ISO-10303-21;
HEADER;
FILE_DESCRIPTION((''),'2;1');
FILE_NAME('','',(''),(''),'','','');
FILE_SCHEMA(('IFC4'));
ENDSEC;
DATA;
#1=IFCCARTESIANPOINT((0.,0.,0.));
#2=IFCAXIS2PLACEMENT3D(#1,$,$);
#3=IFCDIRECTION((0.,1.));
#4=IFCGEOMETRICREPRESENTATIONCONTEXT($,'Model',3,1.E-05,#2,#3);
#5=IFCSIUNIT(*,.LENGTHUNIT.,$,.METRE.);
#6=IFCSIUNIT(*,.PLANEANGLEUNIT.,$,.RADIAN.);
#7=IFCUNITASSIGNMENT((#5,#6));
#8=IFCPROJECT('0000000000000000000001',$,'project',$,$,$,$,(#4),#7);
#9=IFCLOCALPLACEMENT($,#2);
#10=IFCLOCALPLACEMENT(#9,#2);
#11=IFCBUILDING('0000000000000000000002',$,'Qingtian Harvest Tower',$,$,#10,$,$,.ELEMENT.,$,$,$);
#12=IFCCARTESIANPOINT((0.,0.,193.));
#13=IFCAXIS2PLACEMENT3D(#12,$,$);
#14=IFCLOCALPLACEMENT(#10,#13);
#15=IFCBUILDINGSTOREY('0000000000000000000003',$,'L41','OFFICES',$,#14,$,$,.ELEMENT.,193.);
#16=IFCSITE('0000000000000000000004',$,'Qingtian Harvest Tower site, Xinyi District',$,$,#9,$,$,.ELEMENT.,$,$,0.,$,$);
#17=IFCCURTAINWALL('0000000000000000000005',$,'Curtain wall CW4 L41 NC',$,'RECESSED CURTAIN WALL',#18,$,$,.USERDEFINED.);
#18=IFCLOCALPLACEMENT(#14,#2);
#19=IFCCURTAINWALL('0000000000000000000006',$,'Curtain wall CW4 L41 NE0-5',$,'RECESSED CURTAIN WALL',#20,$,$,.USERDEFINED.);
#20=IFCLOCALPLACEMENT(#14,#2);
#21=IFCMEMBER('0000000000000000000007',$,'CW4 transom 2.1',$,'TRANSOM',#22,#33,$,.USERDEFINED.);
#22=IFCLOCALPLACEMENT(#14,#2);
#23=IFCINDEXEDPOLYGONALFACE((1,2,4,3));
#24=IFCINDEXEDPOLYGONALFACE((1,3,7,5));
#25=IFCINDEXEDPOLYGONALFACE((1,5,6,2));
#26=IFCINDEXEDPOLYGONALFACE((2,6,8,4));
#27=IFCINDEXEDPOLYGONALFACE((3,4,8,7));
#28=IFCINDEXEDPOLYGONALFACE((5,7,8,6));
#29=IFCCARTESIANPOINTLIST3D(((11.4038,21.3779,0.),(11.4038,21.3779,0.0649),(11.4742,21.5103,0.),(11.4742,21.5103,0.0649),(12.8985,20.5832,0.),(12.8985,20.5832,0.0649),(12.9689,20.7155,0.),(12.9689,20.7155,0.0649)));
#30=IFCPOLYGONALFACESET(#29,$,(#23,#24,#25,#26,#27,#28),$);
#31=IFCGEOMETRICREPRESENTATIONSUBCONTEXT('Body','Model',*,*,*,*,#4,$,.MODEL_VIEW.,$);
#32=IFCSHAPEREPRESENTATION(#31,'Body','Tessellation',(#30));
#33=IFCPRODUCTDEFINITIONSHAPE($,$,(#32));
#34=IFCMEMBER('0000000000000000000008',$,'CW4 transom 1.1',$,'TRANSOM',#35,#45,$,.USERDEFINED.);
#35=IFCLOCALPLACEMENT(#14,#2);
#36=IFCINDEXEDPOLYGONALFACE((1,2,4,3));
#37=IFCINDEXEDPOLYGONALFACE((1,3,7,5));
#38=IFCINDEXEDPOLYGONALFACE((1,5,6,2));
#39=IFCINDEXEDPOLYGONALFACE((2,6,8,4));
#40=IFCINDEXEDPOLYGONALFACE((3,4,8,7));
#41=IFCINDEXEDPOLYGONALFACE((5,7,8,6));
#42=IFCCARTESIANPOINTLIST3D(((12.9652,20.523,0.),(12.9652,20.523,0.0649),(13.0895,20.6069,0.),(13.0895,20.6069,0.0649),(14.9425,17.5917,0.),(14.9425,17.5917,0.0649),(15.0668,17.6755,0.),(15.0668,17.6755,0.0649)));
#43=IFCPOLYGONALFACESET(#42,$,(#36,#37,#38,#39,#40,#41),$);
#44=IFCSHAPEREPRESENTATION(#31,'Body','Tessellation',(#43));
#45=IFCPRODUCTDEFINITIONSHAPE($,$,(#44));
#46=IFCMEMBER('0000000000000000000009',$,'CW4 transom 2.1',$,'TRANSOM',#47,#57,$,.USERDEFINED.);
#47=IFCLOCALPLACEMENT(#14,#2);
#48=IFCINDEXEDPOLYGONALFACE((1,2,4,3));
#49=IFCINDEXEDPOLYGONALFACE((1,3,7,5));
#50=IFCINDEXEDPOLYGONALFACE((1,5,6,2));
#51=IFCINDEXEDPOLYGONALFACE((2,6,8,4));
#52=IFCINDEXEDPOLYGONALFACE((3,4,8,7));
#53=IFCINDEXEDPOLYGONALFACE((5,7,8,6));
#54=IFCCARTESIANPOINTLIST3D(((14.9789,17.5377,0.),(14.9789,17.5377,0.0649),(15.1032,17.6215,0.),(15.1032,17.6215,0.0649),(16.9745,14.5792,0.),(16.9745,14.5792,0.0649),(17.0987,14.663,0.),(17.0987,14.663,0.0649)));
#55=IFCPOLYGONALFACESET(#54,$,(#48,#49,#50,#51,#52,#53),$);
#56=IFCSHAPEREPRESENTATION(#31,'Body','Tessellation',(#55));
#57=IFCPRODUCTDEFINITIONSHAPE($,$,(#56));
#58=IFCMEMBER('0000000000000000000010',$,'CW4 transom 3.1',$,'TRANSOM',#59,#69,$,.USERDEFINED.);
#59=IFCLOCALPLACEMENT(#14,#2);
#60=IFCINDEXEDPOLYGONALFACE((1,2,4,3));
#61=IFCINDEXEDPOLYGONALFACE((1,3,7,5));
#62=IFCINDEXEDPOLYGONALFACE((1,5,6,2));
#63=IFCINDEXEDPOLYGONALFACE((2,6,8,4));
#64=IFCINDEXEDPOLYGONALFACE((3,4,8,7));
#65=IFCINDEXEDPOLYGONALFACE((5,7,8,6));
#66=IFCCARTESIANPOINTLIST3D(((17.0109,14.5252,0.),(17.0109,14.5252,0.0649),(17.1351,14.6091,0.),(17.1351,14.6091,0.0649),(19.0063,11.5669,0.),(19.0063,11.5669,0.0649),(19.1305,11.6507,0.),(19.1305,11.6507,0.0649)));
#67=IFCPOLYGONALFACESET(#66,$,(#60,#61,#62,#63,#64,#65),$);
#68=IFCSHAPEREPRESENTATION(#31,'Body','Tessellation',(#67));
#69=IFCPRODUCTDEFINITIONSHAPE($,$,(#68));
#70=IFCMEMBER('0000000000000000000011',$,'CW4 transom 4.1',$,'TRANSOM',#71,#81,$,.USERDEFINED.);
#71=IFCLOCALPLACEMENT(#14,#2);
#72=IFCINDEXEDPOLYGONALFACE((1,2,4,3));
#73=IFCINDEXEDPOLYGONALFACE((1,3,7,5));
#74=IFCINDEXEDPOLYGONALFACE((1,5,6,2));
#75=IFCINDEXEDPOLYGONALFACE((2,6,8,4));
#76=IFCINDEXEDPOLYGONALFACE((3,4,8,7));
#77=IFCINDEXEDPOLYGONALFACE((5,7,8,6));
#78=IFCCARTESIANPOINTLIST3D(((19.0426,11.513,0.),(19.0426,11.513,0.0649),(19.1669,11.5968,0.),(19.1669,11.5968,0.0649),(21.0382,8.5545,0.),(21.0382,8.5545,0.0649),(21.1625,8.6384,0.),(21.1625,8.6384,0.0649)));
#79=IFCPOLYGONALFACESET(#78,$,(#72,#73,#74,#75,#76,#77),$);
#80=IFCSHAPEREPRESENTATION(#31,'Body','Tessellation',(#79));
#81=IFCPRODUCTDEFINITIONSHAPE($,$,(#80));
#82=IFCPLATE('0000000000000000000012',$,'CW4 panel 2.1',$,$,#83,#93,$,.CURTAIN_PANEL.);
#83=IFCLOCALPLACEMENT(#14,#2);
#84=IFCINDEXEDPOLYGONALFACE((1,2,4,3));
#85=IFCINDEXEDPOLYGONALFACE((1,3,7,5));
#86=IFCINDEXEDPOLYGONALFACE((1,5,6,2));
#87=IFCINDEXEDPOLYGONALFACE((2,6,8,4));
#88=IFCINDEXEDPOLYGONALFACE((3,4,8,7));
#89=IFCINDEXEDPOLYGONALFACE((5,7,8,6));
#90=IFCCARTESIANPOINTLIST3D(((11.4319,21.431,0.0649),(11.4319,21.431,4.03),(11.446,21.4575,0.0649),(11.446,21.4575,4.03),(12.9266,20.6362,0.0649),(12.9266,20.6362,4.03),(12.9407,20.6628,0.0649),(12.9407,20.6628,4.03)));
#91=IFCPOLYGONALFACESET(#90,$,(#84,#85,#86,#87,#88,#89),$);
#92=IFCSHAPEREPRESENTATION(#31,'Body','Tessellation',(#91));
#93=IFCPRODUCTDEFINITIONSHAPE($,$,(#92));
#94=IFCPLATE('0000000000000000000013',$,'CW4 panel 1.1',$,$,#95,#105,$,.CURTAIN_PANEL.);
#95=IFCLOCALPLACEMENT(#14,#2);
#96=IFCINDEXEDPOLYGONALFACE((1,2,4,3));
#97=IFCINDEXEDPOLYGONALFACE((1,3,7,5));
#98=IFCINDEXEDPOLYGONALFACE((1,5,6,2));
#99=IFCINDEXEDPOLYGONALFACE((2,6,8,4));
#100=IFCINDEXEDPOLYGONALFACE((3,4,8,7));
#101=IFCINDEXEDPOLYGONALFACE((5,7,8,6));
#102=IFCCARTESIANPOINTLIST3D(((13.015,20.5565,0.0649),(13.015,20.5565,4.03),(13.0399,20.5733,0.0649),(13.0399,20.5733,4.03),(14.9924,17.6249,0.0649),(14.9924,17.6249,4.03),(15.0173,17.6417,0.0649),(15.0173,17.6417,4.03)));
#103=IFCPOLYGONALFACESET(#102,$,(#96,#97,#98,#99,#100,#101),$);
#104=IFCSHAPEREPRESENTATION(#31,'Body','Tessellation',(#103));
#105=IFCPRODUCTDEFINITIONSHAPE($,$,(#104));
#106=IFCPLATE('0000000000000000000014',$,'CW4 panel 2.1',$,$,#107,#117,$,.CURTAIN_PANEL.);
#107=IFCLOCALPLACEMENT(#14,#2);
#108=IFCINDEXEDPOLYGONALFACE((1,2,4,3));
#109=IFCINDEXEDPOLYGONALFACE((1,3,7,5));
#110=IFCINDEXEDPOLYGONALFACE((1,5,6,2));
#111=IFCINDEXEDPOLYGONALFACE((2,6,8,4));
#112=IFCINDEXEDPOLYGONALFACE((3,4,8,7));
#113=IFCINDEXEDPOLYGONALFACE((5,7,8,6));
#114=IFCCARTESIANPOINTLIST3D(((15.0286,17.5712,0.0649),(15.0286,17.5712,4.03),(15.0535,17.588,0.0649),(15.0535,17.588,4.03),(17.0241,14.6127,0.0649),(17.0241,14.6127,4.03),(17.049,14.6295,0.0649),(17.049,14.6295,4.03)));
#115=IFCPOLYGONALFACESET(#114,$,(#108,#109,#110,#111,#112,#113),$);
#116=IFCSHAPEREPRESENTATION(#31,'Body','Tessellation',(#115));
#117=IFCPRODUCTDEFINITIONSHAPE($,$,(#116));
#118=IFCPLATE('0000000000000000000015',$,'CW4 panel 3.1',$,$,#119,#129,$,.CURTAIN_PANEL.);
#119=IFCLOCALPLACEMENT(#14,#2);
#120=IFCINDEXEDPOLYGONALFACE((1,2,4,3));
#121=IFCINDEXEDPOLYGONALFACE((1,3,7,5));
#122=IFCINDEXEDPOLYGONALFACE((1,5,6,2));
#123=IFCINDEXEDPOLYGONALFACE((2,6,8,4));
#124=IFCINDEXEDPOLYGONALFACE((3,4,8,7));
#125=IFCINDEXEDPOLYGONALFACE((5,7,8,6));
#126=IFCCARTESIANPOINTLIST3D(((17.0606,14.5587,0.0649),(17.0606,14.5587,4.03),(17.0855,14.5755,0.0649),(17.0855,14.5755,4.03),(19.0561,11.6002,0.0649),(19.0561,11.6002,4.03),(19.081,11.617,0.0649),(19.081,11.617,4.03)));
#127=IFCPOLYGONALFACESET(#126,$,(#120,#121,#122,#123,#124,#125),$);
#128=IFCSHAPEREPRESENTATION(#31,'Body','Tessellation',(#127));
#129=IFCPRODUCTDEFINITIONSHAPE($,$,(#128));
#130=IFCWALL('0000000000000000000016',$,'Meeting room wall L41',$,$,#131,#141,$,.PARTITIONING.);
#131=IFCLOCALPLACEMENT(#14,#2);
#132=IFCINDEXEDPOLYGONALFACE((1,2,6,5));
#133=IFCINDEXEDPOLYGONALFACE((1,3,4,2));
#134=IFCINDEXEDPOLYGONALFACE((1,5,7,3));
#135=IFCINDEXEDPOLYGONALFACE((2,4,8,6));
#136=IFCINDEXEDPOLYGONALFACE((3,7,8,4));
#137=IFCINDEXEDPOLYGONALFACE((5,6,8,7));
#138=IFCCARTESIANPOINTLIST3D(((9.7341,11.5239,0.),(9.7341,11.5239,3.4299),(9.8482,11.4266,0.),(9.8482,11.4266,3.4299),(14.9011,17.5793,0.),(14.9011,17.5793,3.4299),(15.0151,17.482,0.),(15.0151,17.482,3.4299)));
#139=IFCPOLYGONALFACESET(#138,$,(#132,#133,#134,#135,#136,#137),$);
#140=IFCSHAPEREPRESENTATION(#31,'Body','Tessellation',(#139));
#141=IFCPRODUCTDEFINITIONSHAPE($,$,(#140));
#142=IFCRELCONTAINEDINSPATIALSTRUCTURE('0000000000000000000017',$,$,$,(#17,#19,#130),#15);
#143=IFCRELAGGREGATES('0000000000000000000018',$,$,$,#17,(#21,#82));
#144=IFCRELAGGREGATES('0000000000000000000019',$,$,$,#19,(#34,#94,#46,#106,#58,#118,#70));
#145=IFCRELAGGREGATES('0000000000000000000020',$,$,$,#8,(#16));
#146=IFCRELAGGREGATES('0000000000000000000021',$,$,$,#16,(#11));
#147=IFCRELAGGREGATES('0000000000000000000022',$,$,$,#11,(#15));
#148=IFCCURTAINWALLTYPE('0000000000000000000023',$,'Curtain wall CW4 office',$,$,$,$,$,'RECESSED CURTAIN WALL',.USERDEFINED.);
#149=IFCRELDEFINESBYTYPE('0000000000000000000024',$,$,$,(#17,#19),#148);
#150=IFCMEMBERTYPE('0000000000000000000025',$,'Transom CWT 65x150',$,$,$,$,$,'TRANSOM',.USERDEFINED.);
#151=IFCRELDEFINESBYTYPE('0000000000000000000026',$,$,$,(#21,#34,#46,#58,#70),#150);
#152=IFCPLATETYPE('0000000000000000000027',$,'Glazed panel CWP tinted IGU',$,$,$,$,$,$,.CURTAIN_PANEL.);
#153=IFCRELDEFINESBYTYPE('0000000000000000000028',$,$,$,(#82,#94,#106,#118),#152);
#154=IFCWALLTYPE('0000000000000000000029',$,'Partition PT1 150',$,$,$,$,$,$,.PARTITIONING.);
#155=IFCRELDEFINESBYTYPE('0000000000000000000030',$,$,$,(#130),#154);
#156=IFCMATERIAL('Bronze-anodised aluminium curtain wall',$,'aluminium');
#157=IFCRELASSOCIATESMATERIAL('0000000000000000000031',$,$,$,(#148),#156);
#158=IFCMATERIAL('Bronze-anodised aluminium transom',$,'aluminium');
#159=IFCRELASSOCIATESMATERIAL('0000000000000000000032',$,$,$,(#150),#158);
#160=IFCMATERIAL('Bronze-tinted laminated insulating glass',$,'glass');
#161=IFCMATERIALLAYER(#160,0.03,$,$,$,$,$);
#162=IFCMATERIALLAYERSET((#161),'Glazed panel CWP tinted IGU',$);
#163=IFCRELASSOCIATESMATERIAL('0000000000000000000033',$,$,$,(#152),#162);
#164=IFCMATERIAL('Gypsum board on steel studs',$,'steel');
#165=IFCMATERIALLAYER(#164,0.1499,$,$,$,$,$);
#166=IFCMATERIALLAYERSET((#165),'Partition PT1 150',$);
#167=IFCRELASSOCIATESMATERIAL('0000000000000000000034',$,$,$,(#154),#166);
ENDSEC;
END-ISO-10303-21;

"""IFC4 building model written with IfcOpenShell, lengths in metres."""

from ifc_helpers import new_model, si_unit, direction, frame, frame_2d, origin, origin_2d, place, context, subcontext, project, spatial, rectangle, extrude, material, layer, layer_set, material_profile, profile_set, type_object, element, aggregate, save


model = new_model("IFC4")

# Units and contexts
model_context = context("Model", 3, precision=1e-05, world=origin(), true_north=direction((0.0, 1.0)))
body_context = subcontext(model_context, "Body", "Model", "MODEL_VIEW")
ifc_project = project(units=[si_unit("LENGTHUNIT", "METRE"), si_unit("PLANEANGLEUNIT", "RADIAN")], contexts=[model_context])

# Site, building, storey
site_placement = place(None, origin())
site = spatial("IfcSite", under=ifc_project, at=site_placement, Name="Qingtian Harvest Tower site, Xinyi District", CompositionType="ELEMENT", RefElevation=0.0)
building_placement = place(site_placement, origin())
building = spatial("IfcBuilding", under=site, at=building_placement, Name="Qingtian Harvest Tower", CompositionType="ELEMENT")
storey_placement = place(building_placement, frame((0.0, 0.0, 193.0)))
storey = spatial("IfcBuildingStorey", under=building, at=storey_placement, Name="L41", Description="OFFICES", CompositionType="ELEMENT", Elevation=193.0)

# Curtain wall
ifc_material_1 = material(Name="Bronze-anodised aluminium curtain wall", Category="aluminium")
curtain_wall_type = type_object("IfcCurtainWallType", Name="Curtain wall CW4 office", ElementType="RECESSED CURTAIN WALL", PredefinedType="USERDEFINED", material=ifc_material_1)
curtain_wall_1_placement = place(storey_placement, origin())
curtain_wall_1 = element("IfcCurtainWall", 1, at=curtain_wall_1_placement, inside=storey, type_object=curtain_wall_type, Name="Curtain wall CW4 L41 NC", ObjectType="RECESSED CURTAIN WALL", PredefinedType="USERDEFINED")

# Curtain wall
curtain_wall_2_placement = place(storey_placement, origin())
curtain_wall_2 = element("IfcCurtainWall", 2, at=curtain_wall_2_placement, inside=storey, type_object=curtain_wall_type, Name="Curtain wall CW4 L41 NE0-5", ObjectType="RECESSED CURTAIN WALL", PredefinedType="USERDEFINED")

# Members
ifc_material_2 = material(Name="Bronze-anodised aluminium transom", Category="aluminium")
ifc_material_profile_1 = material_profile(ifc_material_2, rectangle(XDim=0.1499, YDim=0.0649, at=origin_2d()), Name="AL 65x150")
ifc_profile_set_1 = profile_set([ifc_material_profile_1], Name="Bronze-anodised aluminium transom")
member_type_1 = type_object("IfcMemberType", Name="Transom CWT 65x150", ElementType="TRANSOM", PredefinedType="USERDEFINED", material=ifc_profile_set_1)
member_1_placement = place(storey_placement, frame((11.439, 21.4441, 0.0325), z_axis=(0.882955, -0.469457, 0.0), x_axis=(0.469457, 0.882955, 0.0)))
member_1 = element("IfcMember", 3, at=member_1_placement, type_object=member_type_1, Name="CW4 transom 2.1", ObjectType="TRANSOM", PredefinedType="USERDEFINED", context=body_context, shape_type="SweptSolid", body=[
    extrude(rectangle(XDim=0.1499, YDim=0.0649, at=origin_2d()), origin(), (0.0, 0.0, 1.0), 1.6929),
])
member_2_placement = place(storey_placement, frame((13.0273, 20.5649, 0.0325), z_axis=(0.559201, -0.829032, 0.0), x_axis=(0.829032, 0.559201, 0.0)))
member_2 = element("IfcMember", 4, at=member_2_placement, type_object=member_type_1, Name="CW4 transom 1.1", ObjectType="TRANSOM", PredefinedType="USERDEFINED", context=body_context, shape_type="SweptSolid", body=[
    extrude(rectangle(XDim=0.1499, YDim=0.0649, at=origin_2d()), origin(), (0.0, 0.0, 1.0), 3.5359),
])
member_3_placement = place(storey_placement, frame((15.041, 17.5796, 0.0325), z_axis=(0.559207, -0.829028, 0.0), x_axis=(0.829028, 0.559207, 0.0)))
member_3 = element("IfcMember", 5, at=member_3_placement, type_object=member_type_1, Name="CW4 transom 2.1", ObjectType="TRANSOM", PredefinedType="USERDEFINED", context=body_context, shape_type="SweptSolid", body=[
    extrude(rectangle(XDim=0.1499, YDim=0.0649, at=origin_2d()), origin(), (0.0, 0.0, 1.0), 3.5686),
])
member_4_placement = place(storey_placement, frame((17.073, 14.5671, 0.0325), z_axis=(0.559192, -0.829038, 0.0), x_axis=(0.829038, 0.559192, 0.0)))
member_4 = element("IfcMember", 6, at=member_4_placement, type_object=member_type_1, Name="CW4 transom 3.1", ObjectType="TRANSOM", PredefinedType="USERDEFINED", context=body_context, shape_type="SweptSolid", body=[
    extrude(rectangle(XDim=0.1499, YDim=0.0649, at=origin_2d()), origin(), (0.0, 0.0, 1.0), 3.5684),
])
member_5_placement = place(storey_placement, frame((19.1047, 11.5549, 0.0325), z_axis=(0.559207, -0.829028, 0.0), x_axis=(0.829028, 0.559207, 0.0)))
member_5 = element("IfcMember", 7, at=member_5_placement, type_object=member_type_1, Name="CW4 transom 4.1", ObjectType="TRANSOM", PredefinedType="USERDEFINED", context=body_context, shape_type="SweptSolid", body=[
    extrude(rectangle(XDim=0.1499, YDim=0.0649, at=origin_2d()), origin(), (0.0, 0.0, 1.0), 3.5686),
])

# Plates
ifc_material_3 = material(Name="Bronze-tinted laminated insulating glass", Category="glass")
ifc_layer_1 = layer(ifc_material_3, 0.03)
ifc_layer_set_1 = layer_set([ifc_layer_1], Name="Glazed panel CWP tinted IGU")
plate_type = type_object("IfcPlateType", Name="Glazed panel CWP tinted IGU", PredefinedType="CURTAIN_PANEL", material=ifc_layer_set_1)
plate_1_placement = place(storey_placement, frame((12.1863, 21.0469, 0.0649), z_axis=(0.0, 0.0, 1.0), x_axis=(0.882948, -0.469472, 0.0)))
plate_1 = element("IfcPlate", 8, at=plate_1_placement, type_object=plate_type, Name="CW4 panel 2.1", PredefinedType="CURTAIN_PANEL", context=body_context, shape_type="SweptSolid", body=[
    extrude(rectangle(XDim=1.6929, YDim=0.03, at=origin_2d()), origin(), (0.0, 0.0, 1.0), 3.9651),
])
aggregate(curtain_wall_1, [member_1, plate_1])
plate_2_placement = place(storey_placement, frame((14.0161, 19.0991, 0.0649), z_axis=(0.0, 0.0, 1.0), x_axis=(0.559193, -0.829038, 0.0)))
plate_2 = element("IfcPlate", 9, at=plate_2_placement, type_object=plate_type, Name="CW4 panel 1.1", PredefinedType="CURTAIN_PANEL", context=body_context, shape_type="SweptSolid", body=[
    extrude(rectangle(XDim=3.5361, YDim=0.03, at=origin_2d()), origin(), (0.0, 0.0, 1.0), 3.9651),
])
plate_3_placement = place(storey_placement, frame((16.0388, 16.1003, 0.0649), z_axis=(0.0, 0.0, 1.0), x_axis=(0.559193, -0.829038, 0.0)))
plate_3 = element("IfcPlate", 10, at=plate_3_placement, type_object=plate_type, Name="CW4 panel 2.1", PredefinedType="CURTAIN_PANEL", context=body_context, shape_type="SweptSolid", body=[
    extrude(rectangle(XDim=3.5686, YDim=0.03, at=origin_2d()), origin(), (0.0, 0.0, 1.0), 3.9651),
])
plate_4_placement = place(storey_placement, frame((18.0708, 13.0879, 0.0649), z_axis=(0.0, 0.0, 1.0), x_axis=(0.559193, -0.829038, 0.0)))
plate_4 = element("IfcPlate", 11, at=plate_4_placement, type_object=plate_type, Name="CW4 panel 3.1", PredefinedType="CURTAIN_PANEL", context=body_context, shape_type="SweptSolid", body=[
    extrude(rectangle(XDim=3.5686, YDim=0.03, at=origin_2d()), origin(), (0.0, 0.0, 1.0), 3.9651),
])
aggregate(curtain_wall_2, [member_2, plate_2, member_3, plate_3, member_4, plate_4, member_5])

# Wall
ifc_material_4 = material(Name="Gypsum board on steel studs", Category="steel")
ifc_layer_2 = layer(ifc_material_4, 0.1499)
ifc_layer_set_2 = layer_set([ifc_layer_2], Name="Partition PT1 150")
wall_type = type_object("IfcWallType", Name="Partition PT1 150", PredefinedType="PARTITIONING", material=ifc_layer_set_2)
wall_placement = place(storey_placement, frame((14.958, 17.5305, 0.0), z_axis=(0.0, 0.0, 1.0), x_axis=(-0.649098, -0.760705, 0.0)))
element("IfcWall", 12, at=wall_placement, inside=storey, type_object=wall_type, Name="Meeting room wall L41", PredefinedType="PARTITIONING", context=body_context, shape_type="SweptSolid", body=[
    extrude(rectangle(XDim=7.9602, YDim=0.1499, at=frame_2d((3.98, 0.0))), origin(), (0.0, 0.0, 1.0), 3.4299),
])

save(model, "model.ifc")
